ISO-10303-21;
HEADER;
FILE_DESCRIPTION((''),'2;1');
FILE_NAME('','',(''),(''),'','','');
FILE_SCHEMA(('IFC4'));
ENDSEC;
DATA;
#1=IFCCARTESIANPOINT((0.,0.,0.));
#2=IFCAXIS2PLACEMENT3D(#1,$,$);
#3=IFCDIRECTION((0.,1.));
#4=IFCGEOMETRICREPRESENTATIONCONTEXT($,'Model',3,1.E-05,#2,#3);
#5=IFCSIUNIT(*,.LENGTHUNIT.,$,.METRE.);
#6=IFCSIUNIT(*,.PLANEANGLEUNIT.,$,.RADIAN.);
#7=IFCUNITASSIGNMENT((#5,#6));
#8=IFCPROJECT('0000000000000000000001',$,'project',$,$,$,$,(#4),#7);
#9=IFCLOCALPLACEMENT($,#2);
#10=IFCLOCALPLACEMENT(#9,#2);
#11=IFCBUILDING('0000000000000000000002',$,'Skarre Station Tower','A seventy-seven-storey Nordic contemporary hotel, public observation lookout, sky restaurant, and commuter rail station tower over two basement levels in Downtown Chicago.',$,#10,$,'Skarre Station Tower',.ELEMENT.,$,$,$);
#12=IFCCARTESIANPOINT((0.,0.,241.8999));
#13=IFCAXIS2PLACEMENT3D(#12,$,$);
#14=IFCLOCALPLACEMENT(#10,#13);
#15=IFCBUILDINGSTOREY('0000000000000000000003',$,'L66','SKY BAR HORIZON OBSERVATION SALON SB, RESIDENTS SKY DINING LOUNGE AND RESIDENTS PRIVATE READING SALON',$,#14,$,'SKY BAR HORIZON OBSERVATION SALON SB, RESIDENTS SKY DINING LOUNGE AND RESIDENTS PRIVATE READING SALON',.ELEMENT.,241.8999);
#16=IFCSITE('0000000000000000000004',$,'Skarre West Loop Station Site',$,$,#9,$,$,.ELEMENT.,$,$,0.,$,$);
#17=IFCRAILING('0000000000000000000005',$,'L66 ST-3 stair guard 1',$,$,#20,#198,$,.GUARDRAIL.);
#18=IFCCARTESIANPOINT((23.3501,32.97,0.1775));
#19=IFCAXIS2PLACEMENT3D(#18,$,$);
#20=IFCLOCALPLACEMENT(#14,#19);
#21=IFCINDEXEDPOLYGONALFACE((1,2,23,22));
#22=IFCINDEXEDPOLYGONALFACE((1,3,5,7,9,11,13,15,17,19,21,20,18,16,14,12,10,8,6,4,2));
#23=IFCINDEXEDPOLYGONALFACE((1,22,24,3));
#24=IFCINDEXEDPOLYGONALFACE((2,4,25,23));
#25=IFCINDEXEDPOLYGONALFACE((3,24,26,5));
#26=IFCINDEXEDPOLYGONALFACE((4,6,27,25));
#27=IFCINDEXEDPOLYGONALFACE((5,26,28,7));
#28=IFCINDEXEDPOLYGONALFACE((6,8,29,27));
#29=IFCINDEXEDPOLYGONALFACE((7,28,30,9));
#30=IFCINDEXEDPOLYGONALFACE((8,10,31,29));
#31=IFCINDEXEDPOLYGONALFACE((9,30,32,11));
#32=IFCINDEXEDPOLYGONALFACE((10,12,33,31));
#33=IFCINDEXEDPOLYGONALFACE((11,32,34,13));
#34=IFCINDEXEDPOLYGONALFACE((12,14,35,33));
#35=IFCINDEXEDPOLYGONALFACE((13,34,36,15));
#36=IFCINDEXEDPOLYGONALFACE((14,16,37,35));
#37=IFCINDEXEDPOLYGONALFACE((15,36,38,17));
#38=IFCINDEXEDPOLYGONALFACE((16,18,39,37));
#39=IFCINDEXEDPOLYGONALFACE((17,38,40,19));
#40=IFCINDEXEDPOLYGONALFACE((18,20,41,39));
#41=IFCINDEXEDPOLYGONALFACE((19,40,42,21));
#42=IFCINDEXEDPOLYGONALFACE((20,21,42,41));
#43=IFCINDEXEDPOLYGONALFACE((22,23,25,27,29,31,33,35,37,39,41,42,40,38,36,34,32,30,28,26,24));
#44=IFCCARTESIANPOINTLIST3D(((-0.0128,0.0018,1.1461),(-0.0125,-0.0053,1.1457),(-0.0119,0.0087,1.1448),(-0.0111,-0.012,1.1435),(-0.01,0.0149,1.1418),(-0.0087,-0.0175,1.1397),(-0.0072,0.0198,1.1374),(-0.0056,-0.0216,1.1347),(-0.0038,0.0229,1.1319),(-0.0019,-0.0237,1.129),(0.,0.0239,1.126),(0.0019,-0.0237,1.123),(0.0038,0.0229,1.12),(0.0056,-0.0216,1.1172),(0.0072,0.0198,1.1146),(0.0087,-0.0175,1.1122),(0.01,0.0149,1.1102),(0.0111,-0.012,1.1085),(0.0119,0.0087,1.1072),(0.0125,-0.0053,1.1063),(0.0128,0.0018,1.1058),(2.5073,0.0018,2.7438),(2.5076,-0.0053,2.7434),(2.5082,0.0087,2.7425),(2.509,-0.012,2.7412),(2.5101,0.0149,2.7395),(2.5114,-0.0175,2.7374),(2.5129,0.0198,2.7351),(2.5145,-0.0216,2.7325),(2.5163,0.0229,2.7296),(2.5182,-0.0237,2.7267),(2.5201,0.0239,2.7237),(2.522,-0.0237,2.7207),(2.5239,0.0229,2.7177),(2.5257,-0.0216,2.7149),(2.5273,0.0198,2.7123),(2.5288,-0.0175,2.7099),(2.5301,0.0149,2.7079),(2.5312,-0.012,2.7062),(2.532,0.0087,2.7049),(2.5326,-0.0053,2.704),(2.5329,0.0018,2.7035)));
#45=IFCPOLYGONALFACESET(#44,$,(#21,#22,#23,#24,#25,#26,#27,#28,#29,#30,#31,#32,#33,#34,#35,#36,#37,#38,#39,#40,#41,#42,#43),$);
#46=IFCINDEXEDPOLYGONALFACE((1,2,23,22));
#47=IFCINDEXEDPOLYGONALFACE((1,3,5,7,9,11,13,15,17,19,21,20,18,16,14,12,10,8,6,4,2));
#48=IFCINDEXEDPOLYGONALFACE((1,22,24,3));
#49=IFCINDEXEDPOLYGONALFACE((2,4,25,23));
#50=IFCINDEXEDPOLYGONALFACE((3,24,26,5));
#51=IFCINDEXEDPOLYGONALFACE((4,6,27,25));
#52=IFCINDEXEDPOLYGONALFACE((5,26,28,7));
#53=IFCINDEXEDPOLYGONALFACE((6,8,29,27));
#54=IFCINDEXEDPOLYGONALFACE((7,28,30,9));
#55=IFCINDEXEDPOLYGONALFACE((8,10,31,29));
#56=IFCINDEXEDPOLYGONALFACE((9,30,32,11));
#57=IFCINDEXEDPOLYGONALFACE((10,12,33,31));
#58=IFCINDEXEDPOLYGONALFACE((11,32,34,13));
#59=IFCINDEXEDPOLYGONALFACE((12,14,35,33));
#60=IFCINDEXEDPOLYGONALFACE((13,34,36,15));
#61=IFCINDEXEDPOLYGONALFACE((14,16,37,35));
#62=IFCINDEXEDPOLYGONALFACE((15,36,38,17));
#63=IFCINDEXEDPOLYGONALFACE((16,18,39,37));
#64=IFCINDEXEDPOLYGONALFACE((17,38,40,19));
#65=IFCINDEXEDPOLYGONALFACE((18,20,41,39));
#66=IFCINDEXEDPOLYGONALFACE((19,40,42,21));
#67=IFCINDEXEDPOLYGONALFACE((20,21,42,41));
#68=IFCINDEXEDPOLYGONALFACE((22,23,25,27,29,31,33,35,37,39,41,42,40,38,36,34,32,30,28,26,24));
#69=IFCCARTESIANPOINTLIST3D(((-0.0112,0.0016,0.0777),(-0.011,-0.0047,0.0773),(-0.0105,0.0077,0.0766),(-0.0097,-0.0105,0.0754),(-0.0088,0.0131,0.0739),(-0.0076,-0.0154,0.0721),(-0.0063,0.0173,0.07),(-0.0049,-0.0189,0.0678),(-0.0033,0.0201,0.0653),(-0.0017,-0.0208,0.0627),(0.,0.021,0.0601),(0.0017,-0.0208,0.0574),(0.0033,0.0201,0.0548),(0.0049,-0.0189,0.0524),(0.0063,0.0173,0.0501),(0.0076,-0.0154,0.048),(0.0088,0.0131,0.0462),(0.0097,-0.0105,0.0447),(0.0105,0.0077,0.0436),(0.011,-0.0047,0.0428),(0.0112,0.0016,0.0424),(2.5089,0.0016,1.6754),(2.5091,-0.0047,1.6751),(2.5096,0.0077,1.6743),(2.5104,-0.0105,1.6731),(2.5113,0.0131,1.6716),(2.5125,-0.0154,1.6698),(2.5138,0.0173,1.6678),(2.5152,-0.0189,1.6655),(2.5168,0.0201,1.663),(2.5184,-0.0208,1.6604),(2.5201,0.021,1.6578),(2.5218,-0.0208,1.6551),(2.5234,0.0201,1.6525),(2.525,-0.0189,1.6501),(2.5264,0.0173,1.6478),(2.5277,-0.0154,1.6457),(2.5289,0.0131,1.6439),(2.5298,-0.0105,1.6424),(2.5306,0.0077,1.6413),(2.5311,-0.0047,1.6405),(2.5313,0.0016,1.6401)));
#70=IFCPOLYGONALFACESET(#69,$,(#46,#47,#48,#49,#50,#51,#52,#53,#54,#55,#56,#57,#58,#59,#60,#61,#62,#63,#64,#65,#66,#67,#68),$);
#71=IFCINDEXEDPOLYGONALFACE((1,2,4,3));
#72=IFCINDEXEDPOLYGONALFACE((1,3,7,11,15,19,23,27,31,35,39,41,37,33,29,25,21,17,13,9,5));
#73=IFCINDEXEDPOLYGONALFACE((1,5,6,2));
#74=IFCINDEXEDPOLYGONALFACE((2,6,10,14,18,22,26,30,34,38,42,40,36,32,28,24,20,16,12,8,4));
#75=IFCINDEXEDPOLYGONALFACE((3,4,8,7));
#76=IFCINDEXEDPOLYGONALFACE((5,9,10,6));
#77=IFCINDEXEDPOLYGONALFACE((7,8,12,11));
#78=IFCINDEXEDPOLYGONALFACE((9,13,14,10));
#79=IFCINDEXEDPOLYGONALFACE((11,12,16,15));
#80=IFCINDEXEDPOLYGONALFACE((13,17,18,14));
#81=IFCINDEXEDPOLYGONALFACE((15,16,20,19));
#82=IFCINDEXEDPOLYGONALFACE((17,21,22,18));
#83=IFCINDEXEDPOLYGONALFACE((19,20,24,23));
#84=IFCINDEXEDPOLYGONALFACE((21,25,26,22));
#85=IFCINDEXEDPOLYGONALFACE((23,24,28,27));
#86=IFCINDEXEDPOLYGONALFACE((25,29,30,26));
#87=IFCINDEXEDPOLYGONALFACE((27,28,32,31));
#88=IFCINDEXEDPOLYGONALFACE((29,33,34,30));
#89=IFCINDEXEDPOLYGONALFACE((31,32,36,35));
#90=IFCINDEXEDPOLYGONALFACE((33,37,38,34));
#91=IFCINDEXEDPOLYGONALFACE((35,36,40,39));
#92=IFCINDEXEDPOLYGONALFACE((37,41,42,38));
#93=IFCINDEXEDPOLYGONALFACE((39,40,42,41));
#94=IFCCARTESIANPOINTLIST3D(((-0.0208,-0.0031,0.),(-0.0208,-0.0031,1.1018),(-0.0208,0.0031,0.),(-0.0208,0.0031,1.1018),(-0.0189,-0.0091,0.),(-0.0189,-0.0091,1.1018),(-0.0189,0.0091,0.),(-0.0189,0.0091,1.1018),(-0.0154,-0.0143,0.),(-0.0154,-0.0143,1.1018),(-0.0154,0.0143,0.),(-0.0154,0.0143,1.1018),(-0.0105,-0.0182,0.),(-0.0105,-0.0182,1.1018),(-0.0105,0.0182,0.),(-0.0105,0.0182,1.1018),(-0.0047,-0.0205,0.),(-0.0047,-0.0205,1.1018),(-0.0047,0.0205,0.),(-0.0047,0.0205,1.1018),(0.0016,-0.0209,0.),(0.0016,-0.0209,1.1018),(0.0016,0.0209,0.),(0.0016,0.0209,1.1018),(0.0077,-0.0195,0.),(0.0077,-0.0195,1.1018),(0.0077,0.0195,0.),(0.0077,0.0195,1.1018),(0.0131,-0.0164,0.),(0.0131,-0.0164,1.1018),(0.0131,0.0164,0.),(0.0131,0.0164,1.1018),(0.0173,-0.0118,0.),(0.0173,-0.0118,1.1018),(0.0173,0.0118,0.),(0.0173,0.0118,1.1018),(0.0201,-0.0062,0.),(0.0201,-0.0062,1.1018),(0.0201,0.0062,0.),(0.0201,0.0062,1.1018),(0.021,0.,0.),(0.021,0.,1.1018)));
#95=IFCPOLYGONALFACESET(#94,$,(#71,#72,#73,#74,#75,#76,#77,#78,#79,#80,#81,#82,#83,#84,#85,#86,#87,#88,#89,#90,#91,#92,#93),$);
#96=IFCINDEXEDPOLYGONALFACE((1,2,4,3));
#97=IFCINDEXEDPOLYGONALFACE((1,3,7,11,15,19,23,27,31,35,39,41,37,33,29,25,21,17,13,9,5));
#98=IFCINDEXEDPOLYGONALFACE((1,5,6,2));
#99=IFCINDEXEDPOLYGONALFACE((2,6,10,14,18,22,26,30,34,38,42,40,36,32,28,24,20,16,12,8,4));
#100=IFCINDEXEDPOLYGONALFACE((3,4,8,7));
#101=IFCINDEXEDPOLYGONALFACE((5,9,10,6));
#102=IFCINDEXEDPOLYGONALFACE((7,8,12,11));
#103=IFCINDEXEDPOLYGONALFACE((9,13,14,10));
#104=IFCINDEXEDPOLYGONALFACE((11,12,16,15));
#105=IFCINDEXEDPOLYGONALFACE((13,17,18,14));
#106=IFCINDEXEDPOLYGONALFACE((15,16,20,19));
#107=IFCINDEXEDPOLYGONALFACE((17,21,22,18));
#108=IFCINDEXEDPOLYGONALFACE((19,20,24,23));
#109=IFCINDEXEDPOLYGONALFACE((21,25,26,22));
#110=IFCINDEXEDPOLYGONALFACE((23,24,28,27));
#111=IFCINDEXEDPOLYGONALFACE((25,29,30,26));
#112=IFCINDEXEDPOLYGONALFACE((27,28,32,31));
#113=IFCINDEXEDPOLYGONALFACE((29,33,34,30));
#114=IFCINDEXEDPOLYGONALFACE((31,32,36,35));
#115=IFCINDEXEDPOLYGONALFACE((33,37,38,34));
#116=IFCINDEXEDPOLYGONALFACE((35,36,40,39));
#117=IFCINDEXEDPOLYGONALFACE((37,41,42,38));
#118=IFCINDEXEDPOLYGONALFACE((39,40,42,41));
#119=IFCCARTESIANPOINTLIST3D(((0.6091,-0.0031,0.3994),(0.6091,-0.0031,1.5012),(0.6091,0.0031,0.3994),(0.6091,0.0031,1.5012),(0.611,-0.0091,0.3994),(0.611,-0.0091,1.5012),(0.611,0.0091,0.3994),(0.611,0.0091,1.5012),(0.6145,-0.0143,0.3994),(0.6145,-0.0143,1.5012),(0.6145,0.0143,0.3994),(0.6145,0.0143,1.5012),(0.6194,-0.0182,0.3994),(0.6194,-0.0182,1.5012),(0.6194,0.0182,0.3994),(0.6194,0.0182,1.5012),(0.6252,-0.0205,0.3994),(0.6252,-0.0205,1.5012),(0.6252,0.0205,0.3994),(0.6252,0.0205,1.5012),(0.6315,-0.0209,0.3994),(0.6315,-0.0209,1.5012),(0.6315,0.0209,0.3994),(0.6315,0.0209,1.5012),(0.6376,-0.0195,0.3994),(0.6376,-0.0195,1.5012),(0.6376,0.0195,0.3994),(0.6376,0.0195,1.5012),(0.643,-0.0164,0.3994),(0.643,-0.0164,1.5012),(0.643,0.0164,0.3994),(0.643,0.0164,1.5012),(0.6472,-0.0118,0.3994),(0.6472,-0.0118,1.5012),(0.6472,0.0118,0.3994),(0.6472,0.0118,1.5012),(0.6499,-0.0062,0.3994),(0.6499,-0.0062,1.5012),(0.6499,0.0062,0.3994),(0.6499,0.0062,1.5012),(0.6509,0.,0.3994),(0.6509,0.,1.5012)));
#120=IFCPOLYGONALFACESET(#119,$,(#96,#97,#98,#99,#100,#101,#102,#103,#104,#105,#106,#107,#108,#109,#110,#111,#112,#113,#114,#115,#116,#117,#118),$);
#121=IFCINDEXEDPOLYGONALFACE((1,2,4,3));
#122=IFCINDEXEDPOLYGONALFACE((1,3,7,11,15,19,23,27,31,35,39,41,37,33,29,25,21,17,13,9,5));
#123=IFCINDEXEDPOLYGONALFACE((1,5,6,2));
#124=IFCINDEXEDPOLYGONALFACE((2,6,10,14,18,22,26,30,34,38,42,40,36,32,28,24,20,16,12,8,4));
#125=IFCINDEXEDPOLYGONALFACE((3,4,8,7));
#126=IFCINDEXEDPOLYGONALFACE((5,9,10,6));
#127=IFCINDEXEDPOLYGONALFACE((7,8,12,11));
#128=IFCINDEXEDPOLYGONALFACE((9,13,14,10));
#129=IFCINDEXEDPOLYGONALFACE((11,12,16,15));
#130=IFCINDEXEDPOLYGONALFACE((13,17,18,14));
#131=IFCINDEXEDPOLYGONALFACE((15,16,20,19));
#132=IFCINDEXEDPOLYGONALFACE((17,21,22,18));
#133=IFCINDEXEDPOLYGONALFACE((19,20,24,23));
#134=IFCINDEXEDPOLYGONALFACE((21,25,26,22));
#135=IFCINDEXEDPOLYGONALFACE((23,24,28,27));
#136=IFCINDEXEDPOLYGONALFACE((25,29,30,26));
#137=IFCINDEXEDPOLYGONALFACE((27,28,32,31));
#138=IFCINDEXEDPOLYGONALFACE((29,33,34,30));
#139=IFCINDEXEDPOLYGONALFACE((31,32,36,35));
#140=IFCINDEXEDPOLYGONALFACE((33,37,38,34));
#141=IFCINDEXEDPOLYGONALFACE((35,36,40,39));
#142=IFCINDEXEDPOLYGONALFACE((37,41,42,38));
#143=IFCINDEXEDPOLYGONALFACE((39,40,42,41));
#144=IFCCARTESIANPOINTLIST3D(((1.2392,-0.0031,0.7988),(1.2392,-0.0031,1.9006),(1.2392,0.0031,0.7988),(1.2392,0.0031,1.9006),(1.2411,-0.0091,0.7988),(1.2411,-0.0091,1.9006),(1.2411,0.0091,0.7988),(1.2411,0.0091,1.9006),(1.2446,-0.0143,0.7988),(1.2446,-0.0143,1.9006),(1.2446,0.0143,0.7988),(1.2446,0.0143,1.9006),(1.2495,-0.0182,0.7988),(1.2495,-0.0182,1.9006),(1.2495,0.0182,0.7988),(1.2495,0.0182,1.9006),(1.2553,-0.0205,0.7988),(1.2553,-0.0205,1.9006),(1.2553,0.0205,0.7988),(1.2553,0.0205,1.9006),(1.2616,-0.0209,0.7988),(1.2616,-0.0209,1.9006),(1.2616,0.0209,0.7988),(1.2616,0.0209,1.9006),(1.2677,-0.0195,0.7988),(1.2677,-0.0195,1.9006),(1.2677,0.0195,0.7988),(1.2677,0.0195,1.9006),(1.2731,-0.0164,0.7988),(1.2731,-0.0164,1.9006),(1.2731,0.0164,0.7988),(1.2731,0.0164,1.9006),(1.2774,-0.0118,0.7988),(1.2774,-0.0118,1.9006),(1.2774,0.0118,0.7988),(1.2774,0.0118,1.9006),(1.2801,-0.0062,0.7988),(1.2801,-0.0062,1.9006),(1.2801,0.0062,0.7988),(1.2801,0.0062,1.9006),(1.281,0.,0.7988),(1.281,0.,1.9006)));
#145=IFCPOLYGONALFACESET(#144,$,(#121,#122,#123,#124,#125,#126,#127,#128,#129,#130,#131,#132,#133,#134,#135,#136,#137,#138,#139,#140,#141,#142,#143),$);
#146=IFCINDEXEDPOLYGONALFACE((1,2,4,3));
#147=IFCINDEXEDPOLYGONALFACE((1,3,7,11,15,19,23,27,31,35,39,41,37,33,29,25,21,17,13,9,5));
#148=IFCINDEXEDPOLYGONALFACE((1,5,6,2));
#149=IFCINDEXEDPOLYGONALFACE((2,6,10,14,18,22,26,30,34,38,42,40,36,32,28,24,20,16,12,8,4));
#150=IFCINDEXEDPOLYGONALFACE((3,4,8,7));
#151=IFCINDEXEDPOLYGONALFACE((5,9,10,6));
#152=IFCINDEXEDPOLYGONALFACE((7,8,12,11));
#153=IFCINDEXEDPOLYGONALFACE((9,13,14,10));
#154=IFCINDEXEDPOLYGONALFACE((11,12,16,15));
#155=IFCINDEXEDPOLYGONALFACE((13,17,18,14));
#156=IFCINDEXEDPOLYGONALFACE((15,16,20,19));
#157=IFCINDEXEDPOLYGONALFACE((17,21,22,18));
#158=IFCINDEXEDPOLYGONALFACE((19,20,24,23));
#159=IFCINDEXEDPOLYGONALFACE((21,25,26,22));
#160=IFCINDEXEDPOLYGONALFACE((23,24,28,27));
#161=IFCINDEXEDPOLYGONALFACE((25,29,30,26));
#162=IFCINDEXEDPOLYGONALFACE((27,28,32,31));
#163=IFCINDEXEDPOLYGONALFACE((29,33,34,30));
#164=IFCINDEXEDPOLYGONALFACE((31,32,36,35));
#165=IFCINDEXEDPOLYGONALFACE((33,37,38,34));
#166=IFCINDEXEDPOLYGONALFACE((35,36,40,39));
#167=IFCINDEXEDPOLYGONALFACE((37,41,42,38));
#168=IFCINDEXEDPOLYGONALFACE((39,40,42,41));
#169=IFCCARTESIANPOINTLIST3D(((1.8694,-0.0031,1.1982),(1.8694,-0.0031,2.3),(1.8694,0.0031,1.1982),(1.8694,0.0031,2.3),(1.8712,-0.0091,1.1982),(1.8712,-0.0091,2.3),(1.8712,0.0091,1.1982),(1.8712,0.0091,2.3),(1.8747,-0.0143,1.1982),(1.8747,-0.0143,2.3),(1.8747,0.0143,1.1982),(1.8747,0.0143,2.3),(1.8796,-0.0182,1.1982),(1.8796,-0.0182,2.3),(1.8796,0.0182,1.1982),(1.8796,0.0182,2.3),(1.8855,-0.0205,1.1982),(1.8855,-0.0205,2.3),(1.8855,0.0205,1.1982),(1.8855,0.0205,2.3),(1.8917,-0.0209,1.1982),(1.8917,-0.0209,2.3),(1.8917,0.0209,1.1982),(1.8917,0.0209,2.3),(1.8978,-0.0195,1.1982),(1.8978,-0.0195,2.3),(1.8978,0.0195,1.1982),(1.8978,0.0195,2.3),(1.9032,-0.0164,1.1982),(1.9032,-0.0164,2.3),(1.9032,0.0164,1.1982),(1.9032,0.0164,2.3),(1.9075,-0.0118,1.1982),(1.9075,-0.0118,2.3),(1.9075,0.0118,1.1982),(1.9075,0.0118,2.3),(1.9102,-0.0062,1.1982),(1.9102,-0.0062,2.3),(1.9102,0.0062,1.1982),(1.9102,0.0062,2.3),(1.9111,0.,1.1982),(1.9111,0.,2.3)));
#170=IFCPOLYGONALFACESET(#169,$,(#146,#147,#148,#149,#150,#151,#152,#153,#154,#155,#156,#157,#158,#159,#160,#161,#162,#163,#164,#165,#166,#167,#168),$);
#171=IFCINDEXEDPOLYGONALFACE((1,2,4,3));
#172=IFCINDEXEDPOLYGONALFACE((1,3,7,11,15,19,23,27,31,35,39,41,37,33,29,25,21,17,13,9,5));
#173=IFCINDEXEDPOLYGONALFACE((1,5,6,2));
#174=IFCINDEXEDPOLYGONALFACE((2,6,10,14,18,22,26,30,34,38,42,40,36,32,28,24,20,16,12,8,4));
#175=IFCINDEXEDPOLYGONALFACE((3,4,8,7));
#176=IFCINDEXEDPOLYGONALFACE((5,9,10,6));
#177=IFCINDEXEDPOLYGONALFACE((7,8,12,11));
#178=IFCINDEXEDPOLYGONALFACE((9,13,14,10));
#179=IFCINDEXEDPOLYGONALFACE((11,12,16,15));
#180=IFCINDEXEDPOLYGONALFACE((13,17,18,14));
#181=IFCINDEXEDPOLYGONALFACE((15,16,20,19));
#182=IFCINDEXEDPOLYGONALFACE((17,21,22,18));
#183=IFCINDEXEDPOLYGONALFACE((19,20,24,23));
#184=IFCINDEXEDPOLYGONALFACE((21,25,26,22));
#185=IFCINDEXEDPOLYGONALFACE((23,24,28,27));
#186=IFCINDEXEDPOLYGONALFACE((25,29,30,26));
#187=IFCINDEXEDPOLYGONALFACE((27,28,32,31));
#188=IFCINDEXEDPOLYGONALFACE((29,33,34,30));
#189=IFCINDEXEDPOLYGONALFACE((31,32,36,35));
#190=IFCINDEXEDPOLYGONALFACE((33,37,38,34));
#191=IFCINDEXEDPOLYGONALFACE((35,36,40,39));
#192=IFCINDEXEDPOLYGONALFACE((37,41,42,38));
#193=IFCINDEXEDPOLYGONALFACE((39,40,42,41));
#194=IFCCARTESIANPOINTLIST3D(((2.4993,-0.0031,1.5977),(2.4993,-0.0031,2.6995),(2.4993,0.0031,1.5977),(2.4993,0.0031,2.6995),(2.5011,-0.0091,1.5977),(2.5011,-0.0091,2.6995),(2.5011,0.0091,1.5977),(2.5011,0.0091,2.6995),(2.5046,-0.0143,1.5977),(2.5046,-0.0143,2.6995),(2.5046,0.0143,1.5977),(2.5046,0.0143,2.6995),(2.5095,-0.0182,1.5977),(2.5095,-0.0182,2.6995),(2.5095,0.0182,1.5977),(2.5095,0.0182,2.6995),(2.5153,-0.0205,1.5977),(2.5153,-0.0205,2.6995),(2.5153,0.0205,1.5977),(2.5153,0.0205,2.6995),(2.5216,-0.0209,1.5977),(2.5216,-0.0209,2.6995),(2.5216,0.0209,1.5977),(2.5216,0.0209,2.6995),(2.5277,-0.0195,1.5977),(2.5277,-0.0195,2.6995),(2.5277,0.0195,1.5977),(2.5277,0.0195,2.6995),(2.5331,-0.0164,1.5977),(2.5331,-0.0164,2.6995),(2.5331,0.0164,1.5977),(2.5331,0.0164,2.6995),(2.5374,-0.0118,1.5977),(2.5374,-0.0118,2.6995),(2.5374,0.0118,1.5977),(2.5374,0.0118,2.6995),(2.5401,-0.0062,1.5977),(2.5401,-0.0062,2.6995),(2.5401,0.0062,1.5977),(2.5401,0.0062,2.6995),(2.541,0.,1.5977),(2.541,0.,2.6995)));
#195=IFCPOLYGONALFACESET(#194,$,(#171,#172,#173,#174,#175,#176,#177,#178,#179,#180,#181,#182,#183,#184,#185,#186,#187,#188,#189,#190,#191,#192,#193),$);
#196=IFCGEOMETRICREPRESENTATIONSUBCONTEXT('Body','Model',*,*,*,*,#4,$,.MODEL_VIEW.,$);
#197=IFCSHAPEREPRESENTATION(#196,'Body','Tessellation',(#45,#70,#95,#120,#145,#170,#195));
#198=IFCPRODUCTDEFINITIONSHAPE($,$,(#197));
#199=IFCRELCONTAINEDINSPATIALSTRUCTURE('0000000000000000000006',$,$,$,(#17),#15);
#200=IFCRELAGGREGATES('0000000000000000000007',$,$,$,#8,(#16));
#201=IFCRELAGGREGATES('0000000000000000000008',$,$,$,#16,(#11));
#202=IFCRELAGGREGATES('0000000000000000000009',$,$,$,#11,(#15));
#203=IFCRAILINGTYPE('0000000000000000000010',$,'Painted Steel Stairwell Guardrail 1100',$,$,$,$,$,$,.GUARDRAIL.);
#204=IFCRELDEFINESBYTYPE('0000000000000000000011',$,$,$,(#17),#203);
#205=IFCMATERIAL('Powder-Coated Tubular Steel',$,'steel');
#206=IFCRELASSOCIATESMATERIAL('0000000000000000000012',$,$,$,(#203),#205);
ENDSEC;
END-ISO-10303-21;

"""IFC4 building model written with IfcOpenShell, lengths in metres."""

from ifc_helpers import new_model, si_unit, direction, frame, origin, origin_2d, place, context, subcontext, project, spatial, circle, extrude, material, type_object, element, save


model = new_model("IFC4")

# Units and contexts
model_context = context("Model", 3, precision=1e-05, world=origin(), true_north=direction((0.0, 1.0)))
body_context = subcontext(model_context, "Body", "Model", "MODEL_VIEW")
ifc_project = project(units=[si_unit("LENGTHUNIT", "METRE"), si_unit("PLANEANGLEUNIT", "RADIAN")], contexts=[model_context])

# Site, building, storey
site_placement = place(None, origin())
site = spatial("IfcSite", under=ifc_project, at=site_placement, Name="Skarre West Loop Station Site", CompositionType="ELEMENT", RefElevation=0.0)
building_placement = place(site_placement, origin())
building = spatial("IfcBuilding", under=site, at=building_placement, Name="Skarre Station Tower", Description="A seventy-seven-storey Nordic contemporary hotel, public observation lookout, sky restaurant, and commuter rail station tower over two basement levels in Downtown Chicago.", LongName="Skarre Station Tower", CompositionType="ELEMENT")
storey_placement = place(building_placement, frame((0.0, 0.0, 241.8999)))
storey = spatial("IfcBuildingStorey", under=building, at=storey_placement, Name="L66", Description="SKY BAR HORIZON OBSERVATION SALON SB, RESIDENTS SKY DINING LOUNGE AND RESIDENTS PRIVATE READING SALON", LongName="SKY BAR HORIZON OBSERVATION SALON SB, RESIDENTS SKY DINING LOUNGE AND RESIDENTS PRIVATE READING SALON", CompositionType="ELEMENT", Elevation=241.8999)

# Railing
ifc_material_1 = material(Name="Powder-Coated Tubular Steel", Category="steel")
railing_type_1 = type_object("IfcRailingType", Name="Painted Steel Stairwell Guardrail 1100", PredefinedType="GUARDRAIL", material=ifc_material_1)
railing_1_placement = place(storey_placement, frame((23.3501, 32.97, 0.1775)))
element("IfcRailing", 1, at=railing_1_placement, inside=storey, type_object=railing_type_1, Name="L66 ST-3 stair guard 1", PredefinedType="GUARDRAIL", context=body_context, shape_type="SweptSolid", body=[
    extrude(circle(Radius=0.0239, at=origin_2d()), frame((0.0, 0.0, 1.126), z_axis=(0.84457, 0.0, 0.535445), x_axis=(0.0, 1.0, 0.0)), (0.0, 0.0, 1.0), 2.9839),
    extrude(circle(Radius=0.021, at=origin_2d()), frame((0.0, 0.0, 0.0601), z_axis=(0.84457, 0.0, 0.535445), x_axis=(0.0, 1.0, 0.0)), (0.0, 0.0, 1.0), 2.9839),
    extrude(circle(Radius=0.021, at=origin_2d()), origin(), (0.0, 0.0, 1.0), 1.1018),
    extrude(circle(Radius=0.021, at=origin_2d()), frame((0.6299, 0.0, 0.3994)), (0.0, 0.0, 1.0), 1.1018),
    extrude(circle(Radius=0.021, at=origin_2d()), frame((1.26, 0.0, 0.7988)), (0.0, 0.0, 1.0), 1.1018),
    extrude(circle(Radius=0.021, at=origin_2d()), frame((1.8901, 0.0, 1.1982)), (0.0, 0.0, 1.0), 1.1018),
    extrude(circle(Radius=0.021, at=origin_2d()), frame((2.52, 0.0, 1.5977)), (0.0, 0.0, 1.0), 1.1018),
])

save(model, "model.ifc")
